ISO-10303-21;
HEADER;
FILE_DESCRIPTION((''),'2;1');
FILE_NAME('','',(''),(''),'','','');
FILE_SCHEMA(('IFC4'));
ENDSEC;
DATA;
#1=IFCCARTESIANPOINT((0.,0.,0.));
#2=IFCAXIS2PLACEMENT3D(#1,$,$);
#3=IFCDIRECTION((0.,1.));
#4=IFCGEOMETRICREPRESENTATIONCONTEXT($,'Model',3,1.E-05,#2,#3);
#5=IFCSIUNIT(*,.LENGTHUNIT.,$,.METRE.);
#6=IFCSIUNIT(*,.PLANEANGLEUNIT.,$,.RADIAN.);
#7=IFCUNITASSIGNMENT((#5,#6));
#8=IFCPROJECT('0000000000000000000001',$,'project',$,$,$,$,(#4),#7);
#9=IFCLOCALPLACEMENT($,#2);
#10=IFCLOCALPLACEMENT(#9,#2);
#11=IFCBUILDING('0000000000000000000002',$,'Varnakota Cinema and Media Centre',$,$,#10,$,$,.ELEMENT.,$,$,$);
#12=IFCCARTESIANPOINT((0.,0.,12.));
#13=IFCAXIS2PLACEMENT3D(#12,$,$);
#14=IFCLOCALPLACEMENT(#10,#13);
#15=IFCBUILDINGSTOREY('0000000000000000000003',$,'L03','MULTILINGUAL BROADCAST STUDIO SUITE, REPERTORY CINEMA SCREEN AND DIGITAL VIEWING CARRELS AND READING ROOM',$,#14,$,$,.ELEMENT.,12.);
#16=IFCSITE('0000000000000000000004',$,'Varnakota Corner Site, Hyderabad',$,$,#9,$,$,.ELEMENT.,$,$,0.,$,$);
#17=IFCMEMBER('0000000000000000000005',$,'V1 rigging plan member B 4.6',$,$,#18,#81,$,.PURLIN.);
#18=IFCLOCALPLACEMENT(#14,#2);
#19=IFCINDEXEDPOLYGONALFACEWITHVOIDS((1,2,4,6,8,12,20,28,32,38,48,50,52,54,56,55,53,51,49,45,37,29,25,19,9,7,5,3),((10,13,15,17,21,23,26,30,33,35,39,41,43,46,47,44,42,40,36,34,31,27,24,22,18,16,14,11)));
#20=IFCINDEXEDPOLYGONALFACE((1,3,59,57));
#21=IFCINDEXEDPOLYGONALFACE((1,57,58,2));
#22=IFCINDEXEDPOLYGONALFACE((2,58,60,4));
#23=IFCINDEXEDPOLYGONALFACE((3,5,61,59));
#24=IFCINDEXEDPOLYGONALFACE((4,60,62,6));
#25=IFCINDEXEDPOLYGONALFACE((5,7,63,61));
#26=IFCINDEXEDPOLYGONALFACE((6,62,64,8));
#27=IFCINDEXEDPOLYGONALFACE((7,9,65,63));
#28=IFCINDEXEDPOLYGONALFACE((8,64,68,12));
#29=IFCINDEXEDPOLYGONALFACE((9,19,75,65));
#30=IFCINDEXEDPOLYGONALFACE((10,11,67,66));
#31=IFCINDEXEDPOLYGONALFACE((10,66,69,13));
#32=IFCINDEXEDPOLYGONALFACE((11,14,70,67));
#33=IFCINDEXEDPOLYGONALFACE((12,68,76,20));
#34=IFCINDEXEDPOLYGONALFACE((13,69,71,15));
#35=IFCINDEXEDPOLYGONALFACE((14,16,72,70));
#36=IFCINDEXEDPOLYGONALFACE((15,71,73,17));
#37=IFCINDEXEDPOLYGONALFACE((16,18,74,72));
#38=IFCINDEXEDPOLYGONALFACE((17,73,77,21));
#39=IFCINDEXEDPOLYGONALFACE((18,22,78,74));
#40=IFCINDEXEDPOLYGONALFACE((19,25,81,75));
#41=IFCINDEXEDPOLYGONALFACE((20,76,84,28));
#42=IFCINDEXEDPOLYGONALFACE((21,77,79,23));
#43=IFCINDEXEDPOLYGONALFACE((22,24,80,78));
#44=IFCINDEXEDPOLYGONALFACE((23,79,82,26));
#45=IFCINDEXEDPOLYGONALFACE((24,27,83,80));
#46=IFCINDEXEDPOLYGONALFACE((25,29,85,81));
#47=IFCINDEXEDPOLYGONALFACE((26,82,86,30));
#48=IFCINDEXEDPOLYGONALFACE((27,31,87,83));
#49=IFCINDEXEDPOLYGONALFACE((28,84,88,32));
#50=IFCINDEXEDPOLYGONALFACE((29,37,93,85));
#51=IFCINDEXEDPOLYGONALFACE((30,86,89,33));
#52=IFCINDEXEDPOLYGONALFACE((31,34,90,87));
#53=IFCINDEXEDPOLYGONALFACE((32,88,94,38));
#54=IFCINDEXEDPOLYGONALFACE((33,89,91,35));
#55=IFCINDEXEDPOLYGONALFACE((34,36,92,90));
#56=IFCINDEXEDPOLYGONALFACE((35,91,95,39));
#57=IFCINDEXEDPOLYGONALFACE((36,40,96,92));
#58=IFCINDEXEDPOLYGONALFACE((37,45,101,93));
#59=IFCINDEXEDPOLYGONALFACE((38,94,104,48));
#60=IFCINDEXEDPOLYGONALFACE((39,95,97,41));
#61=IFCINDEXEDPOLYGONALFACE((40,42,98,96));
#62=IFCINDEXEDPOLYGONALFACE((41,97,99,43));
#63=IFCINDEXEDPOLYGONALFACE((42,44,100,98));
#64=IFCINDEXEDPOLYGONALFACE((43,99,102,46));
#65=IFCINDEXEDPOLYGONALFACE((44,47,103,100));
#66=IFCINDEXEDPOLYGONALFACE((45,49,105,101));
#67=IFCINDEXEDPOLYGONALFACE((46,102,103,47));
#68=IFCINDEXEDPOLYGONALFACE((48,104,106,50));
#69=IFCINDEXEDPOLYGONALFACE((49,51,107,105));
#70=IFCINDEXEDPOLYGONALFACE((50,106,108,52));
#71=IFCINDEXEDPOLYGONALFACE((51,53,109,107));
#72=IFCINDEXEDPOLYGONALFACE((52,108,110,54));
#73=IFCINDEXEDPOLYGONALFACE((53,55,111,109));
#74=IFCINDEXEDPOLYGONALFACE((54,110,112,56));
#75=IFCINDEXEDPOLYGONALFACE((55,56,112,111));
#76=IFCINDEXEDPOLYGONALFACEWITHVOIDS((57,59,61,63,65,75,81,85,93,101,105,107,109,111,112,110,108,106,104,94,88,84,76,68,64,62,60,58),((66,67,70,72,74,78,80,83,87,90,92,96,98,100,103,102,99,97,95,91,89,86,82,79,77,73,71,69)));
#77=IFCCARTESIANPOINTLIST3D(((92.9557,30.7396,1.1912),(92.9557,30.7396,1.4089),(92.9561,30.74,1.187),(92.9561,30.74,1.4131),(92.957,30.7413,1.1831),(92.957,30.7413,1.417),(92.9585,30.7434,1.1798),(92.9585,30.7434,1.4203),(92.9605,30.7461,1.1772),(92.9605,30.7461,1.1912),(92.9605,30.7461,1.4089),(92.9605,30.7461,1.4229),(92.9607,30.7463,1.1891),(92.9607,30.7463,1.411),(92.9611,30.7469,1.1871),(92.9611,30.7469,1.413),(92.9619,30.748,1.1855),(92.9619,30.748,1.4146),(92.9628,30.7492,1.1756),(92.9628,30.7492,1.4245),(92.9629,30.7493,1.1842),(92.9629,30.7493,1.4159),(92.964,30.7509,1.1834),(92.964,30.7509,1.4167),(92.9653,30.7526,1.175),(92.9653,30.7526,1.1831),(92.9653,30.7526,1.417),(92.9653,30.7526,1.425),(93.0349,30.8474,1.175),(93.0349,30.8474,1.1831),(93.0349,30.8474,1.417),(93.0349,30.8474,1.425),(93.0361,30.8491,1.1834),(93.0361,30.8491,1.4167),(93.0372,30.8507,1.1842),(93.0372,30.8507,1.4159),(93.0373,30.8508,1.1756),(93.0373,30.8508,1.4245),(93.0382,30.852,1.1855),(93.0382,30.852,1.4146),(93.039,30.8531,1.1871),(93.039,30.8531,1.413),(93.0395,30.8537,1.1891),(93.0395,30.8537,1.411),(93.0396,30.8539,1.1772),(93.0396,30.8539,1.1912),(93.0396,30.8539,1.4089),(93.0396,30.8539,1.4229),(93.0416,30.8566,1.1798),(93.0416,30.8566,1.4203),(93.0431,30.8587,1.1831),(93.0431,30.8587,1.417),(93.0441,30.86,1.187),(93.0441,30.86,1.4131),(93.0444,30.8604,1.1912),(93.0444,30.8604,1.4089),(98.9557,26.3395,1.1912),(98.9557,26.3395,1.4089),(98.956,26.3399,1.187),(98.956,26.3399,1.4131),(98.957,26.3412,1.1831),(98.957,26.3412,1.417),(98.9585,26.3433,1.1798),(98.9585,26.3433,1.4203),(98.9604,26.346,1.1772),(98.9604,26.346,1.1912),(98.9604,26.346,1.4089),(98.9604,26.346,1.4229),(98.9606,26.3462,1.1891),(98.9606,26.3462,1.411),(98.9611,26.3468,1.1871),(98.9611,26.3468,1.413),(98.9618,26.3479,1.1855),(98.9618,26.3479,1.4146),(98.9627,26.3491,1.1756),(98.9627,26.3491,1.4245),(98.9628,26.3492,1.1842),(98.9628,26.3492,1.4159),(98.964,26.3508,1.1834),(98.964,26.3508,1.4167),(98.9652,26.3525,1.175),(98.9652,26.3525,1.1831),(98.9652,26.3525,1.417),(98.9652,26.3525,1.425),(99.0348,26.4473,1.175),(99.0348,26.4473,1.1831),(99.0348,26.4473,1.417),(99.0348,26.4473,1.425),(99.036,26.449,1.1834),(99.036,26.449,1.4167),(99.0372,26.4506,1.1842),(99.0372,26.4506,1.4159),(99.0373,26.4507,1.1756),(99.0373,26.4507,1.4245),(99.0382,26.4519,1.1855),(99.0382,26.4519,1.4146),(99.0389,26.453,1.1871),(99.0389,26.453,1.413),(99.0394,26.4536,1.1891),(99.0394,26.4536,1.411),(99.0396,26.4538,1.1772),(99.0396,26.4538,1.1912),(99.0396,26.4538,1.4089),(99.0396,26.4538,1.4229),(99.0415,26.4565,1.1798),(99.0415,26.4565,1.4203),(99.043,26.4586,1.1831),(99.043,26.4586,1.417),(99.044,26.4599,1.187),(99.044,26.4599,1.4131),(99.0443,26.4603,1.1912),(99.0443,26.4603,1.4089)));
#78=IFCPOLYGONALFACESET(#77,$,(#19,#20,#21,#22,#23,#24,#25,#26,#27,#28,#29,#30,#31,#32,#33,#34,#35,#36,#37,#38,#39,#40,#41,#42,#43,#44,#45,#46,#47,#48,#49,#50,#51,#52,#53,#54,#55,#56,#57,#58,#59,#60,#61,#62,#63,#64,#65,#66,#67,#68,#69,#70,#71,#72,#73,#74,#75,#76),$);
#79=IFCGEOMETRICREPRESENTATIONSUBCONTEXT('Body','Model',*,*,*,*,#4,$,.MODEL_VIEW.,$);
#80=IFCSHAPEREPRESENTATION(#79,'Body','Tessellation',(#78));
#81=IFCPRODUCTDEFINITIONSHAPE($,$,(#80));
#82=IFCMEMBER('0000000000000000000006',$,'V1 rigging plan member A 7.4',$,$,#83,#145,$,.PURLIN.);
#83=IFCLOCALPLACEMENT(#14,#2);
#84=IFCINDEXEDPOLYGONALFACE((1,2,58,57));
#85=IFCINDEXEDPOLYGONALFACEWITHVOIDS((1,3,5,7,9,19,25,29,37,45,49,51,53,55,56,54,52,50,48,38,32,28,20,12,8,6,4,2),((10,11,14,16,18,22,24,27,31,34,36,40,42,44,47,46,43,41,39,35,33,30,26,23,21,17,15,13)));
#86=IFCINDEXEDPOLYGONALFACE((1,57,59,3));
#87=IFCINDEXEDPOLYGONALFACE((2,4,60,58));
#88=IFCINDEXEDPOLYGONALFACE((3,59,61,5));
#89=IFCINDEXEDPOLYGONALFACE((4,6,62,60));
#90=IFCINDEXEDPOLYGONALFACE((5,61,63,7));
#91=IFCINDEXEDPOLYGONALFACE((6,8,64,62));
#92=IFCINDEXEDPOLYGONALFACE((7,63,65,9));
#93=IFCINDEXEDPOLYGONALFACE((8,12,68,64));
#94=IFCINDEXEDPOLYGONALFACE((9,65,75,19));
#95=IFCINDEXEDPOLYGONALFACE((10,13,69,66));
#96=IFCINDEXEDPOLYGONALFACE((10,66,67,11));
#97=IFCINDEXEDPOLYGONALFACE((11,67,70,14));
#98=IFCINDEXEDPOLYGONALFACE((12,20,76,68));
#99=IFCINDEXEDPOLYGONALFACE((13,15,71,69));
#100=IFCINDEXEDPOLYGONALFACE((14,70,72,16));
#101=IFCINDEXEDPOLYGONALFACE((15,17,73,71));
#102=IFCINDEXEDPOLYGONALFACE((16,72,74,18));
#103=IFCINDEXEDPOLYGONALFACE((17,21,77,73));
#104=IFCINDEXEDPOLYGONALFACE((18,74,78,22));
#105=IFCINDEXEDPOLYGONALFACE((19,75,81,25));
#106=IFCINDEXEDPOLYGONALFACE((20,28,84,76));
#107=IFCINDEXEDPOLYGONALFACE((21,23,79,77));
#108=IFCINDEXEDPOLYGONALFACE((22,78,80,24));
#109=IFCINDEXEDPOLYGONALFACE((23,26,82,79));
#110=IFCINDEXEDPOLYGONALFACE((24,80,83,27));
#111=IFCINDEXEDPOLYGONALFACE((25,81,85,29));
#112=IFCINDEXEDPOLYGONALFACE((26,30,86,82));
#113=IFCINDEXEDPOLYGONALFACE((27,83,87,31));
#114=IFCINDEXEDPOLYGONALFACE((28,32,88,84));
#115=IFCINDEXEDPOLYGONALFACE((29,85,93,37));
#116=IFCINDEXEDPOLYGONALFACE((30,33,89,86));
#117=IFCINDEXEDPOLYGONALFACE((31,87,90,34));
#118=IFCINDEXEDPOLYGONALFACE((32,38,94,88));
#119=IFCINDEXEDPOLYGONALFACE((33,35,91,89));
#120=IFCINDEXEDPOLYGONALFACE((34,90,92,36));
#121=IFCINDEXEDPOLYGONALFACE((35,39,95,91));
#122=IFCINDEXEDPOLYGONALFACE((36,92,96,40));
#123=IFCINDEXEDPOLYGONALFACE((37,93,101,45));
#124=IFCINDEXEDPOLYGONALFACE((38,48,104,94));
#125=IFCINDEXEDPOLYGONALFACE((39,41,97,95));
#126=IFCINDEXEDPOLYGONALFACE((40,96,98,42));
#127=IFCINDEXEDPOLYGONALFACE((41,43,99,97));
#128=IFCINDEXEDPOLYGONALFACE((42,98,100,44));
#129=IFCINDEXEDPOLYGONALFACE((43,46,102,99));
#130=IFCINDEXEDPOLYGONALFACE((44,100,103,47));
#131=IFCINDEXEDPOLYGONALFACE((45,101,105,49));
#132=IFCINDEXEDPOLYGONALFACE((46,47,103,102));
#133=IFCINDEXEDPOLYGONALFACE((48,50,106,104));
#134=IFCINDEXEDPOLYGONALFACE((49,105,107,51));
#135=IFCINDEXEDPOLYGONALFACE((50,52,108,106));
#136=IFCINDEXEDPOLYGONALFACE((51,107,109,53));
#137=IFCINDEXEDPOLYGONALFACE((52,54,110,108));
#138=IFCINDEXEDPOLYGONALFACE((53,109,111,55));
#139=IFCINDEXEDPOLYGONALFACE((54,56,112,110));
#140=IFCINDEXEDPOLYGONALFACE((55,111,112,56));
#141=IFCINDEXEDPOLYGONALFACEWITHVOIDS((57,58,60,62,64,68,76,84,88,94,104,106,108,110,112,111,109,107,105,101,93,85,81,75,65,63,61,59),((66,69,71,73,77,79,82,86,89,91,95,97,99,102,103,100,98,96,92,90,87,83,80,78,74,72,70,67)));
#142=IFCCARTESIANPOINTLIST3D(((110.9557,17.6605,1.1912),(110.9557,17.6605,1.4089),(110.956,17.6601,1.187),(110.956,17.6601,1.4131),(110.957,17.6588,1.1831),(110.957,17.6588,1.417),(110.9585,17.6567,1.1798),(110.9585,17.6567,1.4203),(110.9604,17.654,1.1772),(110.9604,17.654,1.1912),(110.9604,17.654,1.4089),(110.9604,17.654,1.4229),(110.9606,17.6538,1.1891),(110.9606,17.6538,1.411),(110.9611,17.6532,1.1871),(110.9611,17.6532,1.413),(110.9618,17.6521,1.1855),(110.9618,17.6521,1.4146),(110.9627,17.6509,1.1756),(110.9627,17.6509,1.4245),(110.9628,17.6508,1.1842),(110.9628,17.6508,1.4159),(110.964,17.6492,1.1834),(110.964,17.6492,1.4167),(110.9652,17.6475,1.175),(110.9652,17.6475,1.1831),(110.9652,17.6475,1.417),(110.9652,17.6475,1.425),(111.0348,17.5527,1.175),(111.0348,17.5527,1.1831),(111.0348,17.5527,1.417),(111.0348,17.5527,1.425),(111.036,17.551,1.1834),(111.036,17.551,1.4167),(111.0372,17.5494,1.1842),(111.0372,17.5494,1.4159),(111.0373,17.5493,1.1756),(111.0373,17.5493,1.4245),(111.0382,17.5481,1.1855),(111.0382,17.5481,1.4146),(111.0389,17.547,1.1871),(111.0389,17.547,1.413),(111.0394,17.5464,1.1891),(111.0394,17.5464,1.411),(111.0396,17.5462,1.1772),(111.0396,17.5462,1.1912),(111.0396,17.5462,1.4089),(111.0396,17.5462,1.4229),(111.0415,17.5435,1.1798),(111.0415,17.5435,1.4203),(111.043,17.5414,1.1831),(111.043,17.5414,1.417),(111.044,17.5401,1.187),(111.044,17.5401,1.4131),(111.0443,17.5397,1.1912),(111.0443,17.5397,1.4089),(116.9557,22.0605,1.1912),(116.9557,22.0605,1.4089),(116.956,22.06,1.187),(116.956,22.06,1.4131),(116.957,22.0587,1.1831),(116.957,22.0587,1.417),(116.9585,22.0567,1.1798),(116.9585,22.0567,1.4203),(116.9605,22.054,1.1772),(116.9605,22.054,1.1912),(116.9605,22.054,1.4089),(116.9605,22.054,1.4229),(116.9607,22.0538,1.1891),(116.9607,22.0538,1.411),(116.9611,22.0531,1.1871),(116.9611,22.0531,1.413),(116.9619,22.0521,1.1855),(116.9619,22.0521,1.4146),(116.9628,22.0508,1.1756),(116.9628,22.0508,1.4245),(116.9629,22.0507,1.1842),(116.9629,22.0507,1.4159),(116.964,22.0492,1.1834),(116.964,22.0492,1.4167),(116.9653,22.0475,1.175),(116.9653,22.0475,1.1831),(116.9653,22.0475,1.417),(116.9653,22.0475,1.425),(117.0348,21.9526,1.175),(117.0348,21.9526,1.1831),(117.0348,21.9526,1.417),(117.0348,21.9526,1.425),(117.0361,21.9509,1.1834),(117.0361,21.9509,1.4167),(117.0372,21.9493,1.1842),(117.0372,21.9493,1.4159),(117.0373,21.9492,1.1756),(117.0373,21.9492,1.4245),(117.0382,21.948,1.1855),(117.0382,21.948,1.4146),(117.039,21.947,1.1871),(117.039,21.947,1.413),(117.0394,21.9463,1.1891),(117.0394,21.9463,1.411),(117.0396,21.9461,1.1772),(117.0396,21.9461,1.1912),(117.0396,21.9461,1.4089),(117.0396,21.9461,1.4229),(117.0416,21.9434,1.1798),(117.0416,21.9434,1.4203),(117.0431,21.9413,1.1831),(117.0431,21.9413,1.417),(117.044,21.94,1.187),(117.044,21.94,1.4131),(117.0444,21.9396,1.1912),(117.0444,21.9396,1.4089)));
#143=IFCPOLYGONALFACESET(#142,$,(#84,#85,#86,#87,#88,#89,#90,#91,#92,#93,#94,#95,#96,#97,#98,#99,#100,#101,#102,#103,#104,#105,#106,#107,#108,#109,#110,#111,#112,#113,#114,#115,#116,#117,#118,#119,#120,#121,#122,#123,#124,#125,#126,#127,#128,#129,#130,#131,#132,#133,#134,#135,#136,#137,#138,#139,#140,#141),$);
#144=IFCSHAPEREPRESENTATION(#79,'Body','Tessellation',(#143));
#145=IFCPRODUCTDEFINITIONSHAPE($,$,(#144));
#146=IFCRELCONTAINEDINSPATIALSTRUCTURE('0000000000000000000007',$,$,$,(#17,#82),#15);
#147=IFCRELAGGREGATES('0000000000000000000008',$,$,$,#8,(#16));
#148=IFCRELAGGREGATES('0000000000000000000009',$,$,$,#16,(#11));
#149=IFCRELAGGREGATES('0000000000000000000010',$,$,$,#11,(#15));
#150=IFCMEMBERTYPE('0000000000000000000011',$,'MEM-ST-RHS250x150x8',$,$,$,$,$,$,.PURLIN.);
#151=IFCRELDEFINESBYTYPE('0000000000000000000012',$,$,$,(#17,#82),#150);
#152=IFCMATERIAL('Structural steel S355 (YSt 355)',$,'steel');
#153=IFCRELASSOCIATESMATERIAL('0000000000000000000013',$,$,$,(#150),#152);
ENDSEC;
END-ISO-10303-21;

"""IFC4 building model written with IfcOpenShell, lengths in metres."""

from ifc_helpers import new_model, si_unit, direction, frame, origin, origin_2d, place, context, subcontext, project, spatial, hollow_rectangle, extrude, material, material_profile, profile_set, type_object, element, save


model = new_model("IFC4")

# Units and contexts
model_context = context("Model", 3, precision=1e-05, world=origin(), true_north=direction((0.0, 1.0)))
body_context = subcontext(model_context, "Body", "Model", "MODEL_VIEW")
ifc_project = project(units=[si_unit("LENGTHUNIT", "METRE"), si_unit("PLANEANGLEUNIT", "RADIAN")], contexts=[model_context])

# Site, building, storey
site_placement = place(None, origin())
site = spatial("IfcSite", under=ifc_project, at=site_placement, Name="Varnakota Corner Site, Hyderabad", CompositionType="ELEMENT", RefElevation=0.0)
building_placement = place(site_placement, origin())
building = spatial("IfcBuilding", under=site, at=building_placement, Name="Varnakota Cinema and Media Centre", CompositionType="ELEMENT")
storey_placement = place(building_placement, frame((0.0, 0.0, 12.0)))
storey = spatial("IfcBuildingStorey", under=building, at=storey_placement, Name="L03", Description="MULTILINGUAL BROADCAST STUDIO SUITE, REPERTORY CINEMA SCREEN AND DIGITAL VIEWING CARRELS AND READING ROOM", CompositionType="ELEMENT", Elevation=12.0)

# Members
ifc_material_1 = material(Name="Structural steel S355 (YSt 355)", Category="steel")
ifc_material_profile_1 = material_profile(ifc_material_1, hollow_rectangle(XDim=0.1499, YDim=0.25, WallThickness=0.0081, InnerFilletRadius=0.0081, OuterFilletRadius=0.0161, at=origin_2d()), Name="RHS 250x150x8")
ifc_profile_set_1 = profile_set([ifc_material_profile_1], Name="Structural steel S355 (YSt 355)")
member_type_1 = type_object("IfcMemberType", Name="MEM-ST-RHS250x150x8", PredefinedType="PURLIN", material=ifc_profile_set_1)
for number, where, z_axis, x_axis, name in (
    (1, (99.0, 26.3999, 1.3), (-0.806396, 0.591376, 0.0), (-0.591376, -0.806396, 0.0), "V1 rigging plan member B 4.6"),
    (2, (111.0, 17.6001, 1.3), (0.806411, 0.591355, 0.0), (-0.591355, 0.806411, 0.0), "V1 rigging plan member A 7.4"),
):
    element("IfcMember", number, at=place(storey_placement, frame(where, z_axis=z_axis, x_axis=x_axis)), inside=storey, type_object=member_type_1, Name=name, PredefinedType="PURLIN", context=body_context, shape_type="SweptSolid", body=[
        extrude(hollow_rectangle(XDim=0.1499, YDim=0.25, WallThickness=0.0081, InnerFilletRadius=0.0081, OuterFilletRadius=0.0161, at=origin_2d()), origin(), (0.0, 0.0, 1.0), 7.4404),
    ])

save(model, "model.ifc")
